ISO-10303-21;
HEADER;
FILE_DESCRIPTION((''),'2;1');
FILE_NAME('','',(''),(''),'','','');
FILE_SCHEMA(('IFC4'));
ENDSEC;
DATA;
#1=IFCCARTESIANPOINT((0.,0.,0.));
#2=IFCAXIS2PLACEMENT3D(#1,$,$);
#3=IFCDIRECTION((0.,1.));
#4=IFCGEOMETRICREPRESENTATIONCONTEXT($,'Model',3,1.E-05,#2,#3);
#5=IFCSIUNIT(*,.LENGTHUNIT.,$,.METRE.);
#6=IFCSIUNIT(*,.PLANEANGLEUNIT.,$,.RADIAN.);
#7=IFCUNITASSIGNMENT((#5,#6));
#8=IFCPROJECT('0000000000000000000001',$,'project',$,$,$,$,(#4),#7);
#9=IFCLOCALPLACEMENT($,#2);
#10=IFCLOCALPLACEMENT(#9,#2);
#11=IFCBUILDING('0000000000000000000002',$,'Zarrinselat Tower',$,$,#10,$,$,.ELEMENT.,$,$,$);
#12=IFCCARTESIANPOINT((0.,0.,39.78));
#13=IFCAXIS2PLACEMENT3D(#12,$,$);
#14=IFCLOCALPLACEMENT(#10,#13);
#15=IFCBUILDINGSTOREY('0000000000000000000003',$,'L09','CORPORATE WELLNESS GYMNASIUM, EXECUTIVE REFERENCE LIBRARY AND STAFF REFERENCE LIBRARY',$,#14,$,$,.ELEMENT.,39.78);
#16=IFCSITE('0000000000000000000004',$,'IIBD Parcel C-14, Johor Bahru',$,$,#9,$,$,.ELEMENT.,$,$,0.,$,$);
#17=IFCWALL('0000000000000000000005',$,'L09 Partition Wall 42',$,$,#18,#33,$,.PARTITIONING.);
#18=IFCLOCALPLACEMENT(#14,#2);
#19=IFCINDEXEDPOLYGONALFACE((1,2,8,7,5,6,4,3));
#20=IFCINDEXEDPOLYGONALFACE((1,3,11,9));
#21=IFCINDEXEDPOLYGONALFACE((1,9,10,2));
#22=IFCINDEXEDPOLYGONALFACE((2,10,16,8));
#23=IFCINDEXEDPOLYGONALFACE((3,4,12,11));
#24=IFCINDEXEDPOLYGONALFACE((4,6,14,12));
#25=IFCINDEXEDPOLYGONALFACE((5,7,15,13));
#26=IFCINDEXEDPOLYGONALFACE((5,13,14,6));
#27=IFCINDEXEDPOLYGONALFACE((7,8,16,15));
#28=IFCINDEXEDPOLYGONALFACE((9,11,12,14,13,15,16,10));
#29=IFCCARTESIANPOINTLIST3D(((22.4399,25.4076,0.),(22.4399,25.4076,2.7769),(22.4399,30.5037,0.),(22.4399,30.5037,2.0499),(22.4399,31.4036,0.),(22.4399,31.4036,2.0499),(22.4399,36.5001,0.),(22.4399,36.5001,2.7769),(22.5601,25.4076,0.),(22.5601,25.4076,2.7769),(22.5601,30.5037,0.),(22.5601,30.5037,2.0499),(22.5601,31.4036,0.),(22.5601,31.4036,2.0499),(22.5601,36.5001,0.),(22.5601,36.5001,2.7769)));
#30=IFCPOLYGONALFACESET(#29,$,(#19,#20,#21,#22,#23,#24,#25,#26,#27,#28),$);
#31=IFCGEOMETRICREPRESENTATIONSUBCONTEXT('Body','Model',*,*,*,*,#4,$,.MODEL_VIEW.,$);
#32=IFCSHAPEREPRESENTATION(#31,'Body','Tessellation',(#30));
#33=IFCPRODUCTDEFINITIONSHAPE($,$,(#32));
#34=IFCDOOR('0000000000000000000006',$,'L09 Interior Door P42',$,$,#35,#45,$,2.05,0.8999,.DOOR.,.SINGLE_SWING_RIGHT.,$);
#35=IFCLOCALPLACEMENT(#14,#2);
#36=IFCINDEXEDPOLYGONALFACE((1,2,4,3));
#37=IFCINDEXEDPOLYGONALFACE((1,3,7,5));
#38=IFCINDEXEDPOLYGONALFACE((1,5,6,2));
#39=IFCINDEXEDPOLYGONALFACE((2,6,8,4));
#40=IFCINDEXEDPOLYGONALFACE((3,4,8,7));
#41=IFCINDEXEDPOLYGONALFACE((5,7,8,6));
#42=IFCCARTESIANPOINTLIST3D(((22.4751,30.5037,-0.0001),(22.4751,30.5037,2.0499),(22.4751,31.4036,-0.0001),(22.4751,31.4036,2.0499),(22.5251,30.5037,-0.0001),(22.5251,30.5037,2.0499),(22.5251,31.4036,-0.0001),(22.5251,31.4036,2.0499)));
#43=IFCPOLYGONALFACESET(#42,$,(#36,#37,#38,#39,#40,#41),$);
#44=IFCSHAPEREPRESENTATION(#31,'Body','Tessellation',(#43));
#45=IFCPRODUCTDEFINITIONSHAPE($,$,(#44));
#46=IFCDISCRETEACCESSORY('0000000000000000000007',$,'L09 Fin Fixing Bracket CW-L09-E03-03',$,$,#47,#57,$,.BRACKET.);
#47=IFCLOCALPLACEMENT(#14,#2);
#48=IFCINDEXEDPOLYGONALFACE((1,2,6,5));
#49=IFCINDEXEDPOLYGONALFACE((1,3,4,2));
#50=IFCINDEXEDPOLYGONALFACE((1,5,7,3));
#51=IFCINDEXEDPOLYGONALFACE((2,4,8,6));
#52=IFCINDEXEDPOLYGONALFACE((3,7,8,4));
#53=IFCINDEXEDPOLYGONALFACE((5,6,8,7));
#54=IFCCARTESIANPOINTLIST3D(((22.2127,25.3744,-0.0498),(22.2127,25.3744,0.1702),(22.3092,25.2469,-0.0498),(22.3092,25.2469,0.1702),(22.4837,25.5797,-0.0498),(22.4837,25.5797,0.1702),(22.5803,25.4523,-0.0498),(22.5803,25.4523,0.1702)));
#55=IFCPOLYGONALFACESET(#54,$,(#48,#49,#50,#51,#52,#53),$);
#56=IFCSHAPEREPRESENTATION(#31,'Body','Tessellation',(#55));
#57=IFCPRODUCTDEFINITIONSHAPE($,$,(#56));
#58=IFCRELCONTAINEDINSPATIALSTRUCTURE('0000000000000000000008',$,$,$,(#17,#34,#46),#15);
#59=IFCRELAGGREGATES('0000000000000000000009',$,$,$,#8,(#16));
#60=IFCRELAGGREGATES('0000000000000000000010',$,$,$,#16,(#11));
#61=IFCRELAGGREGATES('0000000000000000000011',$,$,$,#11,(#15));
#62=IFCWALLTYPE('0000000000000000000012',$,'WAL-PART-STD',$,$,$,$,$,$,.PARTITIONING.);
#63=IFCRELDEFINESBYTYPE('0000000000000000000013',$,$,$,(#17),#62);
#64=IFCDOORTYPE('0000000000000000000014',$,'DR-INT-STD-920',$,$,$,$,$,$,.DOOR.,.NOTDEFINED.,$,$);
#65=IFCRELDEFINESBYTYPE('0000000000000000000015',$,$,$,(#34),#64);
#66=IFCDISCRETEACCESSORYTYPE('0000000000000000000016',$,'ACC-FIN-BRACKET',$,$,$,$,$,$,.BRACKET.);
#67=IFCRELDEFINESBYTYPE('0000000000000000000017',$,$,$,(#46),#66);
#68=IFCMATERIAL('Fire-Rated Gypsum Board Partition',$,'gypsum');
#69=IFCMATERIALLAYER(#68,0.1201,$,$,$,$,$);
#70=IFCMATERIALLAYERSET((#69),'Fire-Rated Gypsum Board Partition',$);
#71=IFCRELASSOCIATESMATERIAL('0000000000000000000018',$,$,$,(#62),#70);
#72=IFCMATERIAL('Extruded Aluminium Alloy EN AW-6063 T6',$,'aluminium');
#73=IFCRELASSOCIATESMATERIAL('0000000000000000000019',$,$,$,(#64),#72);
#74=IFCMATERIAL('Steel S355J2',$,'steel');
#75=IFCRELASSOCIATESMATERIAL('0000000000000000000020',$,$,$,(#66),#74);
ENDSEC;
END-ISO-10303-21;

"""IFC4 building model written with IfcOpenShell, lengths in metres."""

from ifc_helpers import new_model, si_unit, direction, frame, frame_2d, origin, origin_2d, place, context, subcontext, project, spatial, rectangle, extrude, material, layer, layer_set, type_object, element, fill, save


model = new_model("IFC4")

# Units and contexts
model_context = context("Model", 3, precision=1e-05, world=origin(), true_north=direction((0.0, 1.0)))
body_context = subcontext(model_context, "Body", "Model", "MODEL_VIEW")
ifc_project = project(units=[si_unit("LENGTHUNIT", "METRE"), si_unit("PLANEANGLEUNIT", "RADIAN")], contexts=[model_context])

# Site, building, storey
site_placement = place(None, origin())
site = spatial("IfcSite", under=ifc_project, at=site_placement, Name="IIBD Parcel C-14, Johor Bahru", CompositionType="ELEMENT", RefElevation=0.0)
building_placement = place(site_placement, origin())
building = spatial("IfcBuilding", under=site, at=building_placement, Name="Zarrinselat Tower", CompositionType="ELEMENT")
storey_placement = place(building_placement, frame((0.0, 0.0, 39.78)))
storey = spatial("IfcBuildingStorey", under=building, at=storey_placement, Name="L09", Description="CORPORATE WELLNESS GYMNASIUM, EXECUTIVE REFERENCE LIBRARY AND STAFF REFERENCE LIBRARY", CompositionType="ELEMENT", Elevation=39.78)

# Wall, opening, door
ifc_material_1 = material(Name="Fire-Rated Gypsum Board Partition", Category="gypsum")
ifc_layer_1 = layer(ifc_material_1, 0.1201)
ifc_layer_set_1 = layer_set([ifc_layer_1], Name="Fire-Rated Gypsum Board Partition")
wall_type = type_object("IfcWallType", Name="WAL-PART-STD", PredefinedType="PARTITIONING", material=ifc_layer_set_1)
wall_placement = place(storey_placement, frame((22.5, 25.4075, 0.0), z_axis=(0.0, 0.0, 1.0), x_axis=(0.0, 1.0, 0.0)))
wall = element("IfcWall", 1, at=wall_placement, inside=storey, type_object=wall_type, Name="L09 Partition Wall 42", PredefinedType="PARTITIONING", context=body_context, shape_type="SweptSolid", body=[
    extrude(rectangle(XDim=11.0925, YDim=0.1201, at=frame_2d((5.5464, 0.0))), origin(), (0.0, 0.0, 1.0), 2.7769),
])
opening_placement = place(wall_placement, frame((5.0962, 0.0, 0.0)))
opening = element("IfcOpeningElement", 2, at=opening_placement, cuts=wall, PredefinedType="OPENING", context=body_context, shape_type="SweptSolid", body=[
    extrude(rectangle(XDim=0.8999, YDim=2.05, at=frame_2d((0.45, 1.0249))), frame((0.0, 0.0701, 0.0), z_axis=(0.0, -1.0, 0.0), x_axis=(1.0, 0.0, 0.0)), (0.0, 0.0, 1.0), 0.1401),
])
ifc_material_2 = material(Name="Extruded Aluminium Alloy EN AW-6063 T6", Category="aluminium")
door_type = type_object("IfcDoorType", Name="DR-INT-STD-920", OperationType="NOTDEFINED", PredefinedType="DOOR", material=ifc_material_2)
door_placement = place(opening_placement, origin())
door = element("IfcDoor", 3, at=door_placement, inside=storey, type_object=door_type, Name="L09 Interior Door P42", OperationType="SINGLE_SWING_RIGHT", OverallHeight=2.05, OverallWidth=0.8999, PredefinedType="DOOR", context=body_context, shape_type="SweptSolid", body=[
    extrude(rectangle(XDim=0.8999, YDim=2.05, at=frame_2d((0.45, 1.0249))), frame((0.0, 0.0249, 0.0), z_axis=(0.0, -1.0, 0.0), x_axis=(1.0, 0.0, 0.0)), (0.0, 0.0, 1.0), 0.05),
])
fill(opening, door)

# Discrete accessory
ifc_material_3 = material(Name="Steel S355J2", Category="steel")
discrete_accessory_type = type_object("IfcDiscreteAccessoryType", Name="ACC-FIN-BRACKET", PredefinedType="BRACKET", material=ifc_material_3)
discrete_accessory_placement = place(storey_placement, frame((22.3965, 25.4133, -0.0498), z_axis=(0.0, 0.0, 1.0), x_axis=(-0.797092, -0.603857, 0.0)))
element("IfcDiscreteAccessory", 4, at=discrete_accessory_placement, inside=storey, type_object=discrete_accessory_type, Name="L09 Fin Fixing Bracket CW-L09-E03-03", PredefinedType="BRACKET", context=body_context, shape_type="SweptSolid", body=[
    extrude(rectangle(XDim=0.3401, YDim=0.1599, at=origin_2d()), origin(), (0.0, 0.0, 1.0), 0.22),
])

save(model, "model.ifc")
